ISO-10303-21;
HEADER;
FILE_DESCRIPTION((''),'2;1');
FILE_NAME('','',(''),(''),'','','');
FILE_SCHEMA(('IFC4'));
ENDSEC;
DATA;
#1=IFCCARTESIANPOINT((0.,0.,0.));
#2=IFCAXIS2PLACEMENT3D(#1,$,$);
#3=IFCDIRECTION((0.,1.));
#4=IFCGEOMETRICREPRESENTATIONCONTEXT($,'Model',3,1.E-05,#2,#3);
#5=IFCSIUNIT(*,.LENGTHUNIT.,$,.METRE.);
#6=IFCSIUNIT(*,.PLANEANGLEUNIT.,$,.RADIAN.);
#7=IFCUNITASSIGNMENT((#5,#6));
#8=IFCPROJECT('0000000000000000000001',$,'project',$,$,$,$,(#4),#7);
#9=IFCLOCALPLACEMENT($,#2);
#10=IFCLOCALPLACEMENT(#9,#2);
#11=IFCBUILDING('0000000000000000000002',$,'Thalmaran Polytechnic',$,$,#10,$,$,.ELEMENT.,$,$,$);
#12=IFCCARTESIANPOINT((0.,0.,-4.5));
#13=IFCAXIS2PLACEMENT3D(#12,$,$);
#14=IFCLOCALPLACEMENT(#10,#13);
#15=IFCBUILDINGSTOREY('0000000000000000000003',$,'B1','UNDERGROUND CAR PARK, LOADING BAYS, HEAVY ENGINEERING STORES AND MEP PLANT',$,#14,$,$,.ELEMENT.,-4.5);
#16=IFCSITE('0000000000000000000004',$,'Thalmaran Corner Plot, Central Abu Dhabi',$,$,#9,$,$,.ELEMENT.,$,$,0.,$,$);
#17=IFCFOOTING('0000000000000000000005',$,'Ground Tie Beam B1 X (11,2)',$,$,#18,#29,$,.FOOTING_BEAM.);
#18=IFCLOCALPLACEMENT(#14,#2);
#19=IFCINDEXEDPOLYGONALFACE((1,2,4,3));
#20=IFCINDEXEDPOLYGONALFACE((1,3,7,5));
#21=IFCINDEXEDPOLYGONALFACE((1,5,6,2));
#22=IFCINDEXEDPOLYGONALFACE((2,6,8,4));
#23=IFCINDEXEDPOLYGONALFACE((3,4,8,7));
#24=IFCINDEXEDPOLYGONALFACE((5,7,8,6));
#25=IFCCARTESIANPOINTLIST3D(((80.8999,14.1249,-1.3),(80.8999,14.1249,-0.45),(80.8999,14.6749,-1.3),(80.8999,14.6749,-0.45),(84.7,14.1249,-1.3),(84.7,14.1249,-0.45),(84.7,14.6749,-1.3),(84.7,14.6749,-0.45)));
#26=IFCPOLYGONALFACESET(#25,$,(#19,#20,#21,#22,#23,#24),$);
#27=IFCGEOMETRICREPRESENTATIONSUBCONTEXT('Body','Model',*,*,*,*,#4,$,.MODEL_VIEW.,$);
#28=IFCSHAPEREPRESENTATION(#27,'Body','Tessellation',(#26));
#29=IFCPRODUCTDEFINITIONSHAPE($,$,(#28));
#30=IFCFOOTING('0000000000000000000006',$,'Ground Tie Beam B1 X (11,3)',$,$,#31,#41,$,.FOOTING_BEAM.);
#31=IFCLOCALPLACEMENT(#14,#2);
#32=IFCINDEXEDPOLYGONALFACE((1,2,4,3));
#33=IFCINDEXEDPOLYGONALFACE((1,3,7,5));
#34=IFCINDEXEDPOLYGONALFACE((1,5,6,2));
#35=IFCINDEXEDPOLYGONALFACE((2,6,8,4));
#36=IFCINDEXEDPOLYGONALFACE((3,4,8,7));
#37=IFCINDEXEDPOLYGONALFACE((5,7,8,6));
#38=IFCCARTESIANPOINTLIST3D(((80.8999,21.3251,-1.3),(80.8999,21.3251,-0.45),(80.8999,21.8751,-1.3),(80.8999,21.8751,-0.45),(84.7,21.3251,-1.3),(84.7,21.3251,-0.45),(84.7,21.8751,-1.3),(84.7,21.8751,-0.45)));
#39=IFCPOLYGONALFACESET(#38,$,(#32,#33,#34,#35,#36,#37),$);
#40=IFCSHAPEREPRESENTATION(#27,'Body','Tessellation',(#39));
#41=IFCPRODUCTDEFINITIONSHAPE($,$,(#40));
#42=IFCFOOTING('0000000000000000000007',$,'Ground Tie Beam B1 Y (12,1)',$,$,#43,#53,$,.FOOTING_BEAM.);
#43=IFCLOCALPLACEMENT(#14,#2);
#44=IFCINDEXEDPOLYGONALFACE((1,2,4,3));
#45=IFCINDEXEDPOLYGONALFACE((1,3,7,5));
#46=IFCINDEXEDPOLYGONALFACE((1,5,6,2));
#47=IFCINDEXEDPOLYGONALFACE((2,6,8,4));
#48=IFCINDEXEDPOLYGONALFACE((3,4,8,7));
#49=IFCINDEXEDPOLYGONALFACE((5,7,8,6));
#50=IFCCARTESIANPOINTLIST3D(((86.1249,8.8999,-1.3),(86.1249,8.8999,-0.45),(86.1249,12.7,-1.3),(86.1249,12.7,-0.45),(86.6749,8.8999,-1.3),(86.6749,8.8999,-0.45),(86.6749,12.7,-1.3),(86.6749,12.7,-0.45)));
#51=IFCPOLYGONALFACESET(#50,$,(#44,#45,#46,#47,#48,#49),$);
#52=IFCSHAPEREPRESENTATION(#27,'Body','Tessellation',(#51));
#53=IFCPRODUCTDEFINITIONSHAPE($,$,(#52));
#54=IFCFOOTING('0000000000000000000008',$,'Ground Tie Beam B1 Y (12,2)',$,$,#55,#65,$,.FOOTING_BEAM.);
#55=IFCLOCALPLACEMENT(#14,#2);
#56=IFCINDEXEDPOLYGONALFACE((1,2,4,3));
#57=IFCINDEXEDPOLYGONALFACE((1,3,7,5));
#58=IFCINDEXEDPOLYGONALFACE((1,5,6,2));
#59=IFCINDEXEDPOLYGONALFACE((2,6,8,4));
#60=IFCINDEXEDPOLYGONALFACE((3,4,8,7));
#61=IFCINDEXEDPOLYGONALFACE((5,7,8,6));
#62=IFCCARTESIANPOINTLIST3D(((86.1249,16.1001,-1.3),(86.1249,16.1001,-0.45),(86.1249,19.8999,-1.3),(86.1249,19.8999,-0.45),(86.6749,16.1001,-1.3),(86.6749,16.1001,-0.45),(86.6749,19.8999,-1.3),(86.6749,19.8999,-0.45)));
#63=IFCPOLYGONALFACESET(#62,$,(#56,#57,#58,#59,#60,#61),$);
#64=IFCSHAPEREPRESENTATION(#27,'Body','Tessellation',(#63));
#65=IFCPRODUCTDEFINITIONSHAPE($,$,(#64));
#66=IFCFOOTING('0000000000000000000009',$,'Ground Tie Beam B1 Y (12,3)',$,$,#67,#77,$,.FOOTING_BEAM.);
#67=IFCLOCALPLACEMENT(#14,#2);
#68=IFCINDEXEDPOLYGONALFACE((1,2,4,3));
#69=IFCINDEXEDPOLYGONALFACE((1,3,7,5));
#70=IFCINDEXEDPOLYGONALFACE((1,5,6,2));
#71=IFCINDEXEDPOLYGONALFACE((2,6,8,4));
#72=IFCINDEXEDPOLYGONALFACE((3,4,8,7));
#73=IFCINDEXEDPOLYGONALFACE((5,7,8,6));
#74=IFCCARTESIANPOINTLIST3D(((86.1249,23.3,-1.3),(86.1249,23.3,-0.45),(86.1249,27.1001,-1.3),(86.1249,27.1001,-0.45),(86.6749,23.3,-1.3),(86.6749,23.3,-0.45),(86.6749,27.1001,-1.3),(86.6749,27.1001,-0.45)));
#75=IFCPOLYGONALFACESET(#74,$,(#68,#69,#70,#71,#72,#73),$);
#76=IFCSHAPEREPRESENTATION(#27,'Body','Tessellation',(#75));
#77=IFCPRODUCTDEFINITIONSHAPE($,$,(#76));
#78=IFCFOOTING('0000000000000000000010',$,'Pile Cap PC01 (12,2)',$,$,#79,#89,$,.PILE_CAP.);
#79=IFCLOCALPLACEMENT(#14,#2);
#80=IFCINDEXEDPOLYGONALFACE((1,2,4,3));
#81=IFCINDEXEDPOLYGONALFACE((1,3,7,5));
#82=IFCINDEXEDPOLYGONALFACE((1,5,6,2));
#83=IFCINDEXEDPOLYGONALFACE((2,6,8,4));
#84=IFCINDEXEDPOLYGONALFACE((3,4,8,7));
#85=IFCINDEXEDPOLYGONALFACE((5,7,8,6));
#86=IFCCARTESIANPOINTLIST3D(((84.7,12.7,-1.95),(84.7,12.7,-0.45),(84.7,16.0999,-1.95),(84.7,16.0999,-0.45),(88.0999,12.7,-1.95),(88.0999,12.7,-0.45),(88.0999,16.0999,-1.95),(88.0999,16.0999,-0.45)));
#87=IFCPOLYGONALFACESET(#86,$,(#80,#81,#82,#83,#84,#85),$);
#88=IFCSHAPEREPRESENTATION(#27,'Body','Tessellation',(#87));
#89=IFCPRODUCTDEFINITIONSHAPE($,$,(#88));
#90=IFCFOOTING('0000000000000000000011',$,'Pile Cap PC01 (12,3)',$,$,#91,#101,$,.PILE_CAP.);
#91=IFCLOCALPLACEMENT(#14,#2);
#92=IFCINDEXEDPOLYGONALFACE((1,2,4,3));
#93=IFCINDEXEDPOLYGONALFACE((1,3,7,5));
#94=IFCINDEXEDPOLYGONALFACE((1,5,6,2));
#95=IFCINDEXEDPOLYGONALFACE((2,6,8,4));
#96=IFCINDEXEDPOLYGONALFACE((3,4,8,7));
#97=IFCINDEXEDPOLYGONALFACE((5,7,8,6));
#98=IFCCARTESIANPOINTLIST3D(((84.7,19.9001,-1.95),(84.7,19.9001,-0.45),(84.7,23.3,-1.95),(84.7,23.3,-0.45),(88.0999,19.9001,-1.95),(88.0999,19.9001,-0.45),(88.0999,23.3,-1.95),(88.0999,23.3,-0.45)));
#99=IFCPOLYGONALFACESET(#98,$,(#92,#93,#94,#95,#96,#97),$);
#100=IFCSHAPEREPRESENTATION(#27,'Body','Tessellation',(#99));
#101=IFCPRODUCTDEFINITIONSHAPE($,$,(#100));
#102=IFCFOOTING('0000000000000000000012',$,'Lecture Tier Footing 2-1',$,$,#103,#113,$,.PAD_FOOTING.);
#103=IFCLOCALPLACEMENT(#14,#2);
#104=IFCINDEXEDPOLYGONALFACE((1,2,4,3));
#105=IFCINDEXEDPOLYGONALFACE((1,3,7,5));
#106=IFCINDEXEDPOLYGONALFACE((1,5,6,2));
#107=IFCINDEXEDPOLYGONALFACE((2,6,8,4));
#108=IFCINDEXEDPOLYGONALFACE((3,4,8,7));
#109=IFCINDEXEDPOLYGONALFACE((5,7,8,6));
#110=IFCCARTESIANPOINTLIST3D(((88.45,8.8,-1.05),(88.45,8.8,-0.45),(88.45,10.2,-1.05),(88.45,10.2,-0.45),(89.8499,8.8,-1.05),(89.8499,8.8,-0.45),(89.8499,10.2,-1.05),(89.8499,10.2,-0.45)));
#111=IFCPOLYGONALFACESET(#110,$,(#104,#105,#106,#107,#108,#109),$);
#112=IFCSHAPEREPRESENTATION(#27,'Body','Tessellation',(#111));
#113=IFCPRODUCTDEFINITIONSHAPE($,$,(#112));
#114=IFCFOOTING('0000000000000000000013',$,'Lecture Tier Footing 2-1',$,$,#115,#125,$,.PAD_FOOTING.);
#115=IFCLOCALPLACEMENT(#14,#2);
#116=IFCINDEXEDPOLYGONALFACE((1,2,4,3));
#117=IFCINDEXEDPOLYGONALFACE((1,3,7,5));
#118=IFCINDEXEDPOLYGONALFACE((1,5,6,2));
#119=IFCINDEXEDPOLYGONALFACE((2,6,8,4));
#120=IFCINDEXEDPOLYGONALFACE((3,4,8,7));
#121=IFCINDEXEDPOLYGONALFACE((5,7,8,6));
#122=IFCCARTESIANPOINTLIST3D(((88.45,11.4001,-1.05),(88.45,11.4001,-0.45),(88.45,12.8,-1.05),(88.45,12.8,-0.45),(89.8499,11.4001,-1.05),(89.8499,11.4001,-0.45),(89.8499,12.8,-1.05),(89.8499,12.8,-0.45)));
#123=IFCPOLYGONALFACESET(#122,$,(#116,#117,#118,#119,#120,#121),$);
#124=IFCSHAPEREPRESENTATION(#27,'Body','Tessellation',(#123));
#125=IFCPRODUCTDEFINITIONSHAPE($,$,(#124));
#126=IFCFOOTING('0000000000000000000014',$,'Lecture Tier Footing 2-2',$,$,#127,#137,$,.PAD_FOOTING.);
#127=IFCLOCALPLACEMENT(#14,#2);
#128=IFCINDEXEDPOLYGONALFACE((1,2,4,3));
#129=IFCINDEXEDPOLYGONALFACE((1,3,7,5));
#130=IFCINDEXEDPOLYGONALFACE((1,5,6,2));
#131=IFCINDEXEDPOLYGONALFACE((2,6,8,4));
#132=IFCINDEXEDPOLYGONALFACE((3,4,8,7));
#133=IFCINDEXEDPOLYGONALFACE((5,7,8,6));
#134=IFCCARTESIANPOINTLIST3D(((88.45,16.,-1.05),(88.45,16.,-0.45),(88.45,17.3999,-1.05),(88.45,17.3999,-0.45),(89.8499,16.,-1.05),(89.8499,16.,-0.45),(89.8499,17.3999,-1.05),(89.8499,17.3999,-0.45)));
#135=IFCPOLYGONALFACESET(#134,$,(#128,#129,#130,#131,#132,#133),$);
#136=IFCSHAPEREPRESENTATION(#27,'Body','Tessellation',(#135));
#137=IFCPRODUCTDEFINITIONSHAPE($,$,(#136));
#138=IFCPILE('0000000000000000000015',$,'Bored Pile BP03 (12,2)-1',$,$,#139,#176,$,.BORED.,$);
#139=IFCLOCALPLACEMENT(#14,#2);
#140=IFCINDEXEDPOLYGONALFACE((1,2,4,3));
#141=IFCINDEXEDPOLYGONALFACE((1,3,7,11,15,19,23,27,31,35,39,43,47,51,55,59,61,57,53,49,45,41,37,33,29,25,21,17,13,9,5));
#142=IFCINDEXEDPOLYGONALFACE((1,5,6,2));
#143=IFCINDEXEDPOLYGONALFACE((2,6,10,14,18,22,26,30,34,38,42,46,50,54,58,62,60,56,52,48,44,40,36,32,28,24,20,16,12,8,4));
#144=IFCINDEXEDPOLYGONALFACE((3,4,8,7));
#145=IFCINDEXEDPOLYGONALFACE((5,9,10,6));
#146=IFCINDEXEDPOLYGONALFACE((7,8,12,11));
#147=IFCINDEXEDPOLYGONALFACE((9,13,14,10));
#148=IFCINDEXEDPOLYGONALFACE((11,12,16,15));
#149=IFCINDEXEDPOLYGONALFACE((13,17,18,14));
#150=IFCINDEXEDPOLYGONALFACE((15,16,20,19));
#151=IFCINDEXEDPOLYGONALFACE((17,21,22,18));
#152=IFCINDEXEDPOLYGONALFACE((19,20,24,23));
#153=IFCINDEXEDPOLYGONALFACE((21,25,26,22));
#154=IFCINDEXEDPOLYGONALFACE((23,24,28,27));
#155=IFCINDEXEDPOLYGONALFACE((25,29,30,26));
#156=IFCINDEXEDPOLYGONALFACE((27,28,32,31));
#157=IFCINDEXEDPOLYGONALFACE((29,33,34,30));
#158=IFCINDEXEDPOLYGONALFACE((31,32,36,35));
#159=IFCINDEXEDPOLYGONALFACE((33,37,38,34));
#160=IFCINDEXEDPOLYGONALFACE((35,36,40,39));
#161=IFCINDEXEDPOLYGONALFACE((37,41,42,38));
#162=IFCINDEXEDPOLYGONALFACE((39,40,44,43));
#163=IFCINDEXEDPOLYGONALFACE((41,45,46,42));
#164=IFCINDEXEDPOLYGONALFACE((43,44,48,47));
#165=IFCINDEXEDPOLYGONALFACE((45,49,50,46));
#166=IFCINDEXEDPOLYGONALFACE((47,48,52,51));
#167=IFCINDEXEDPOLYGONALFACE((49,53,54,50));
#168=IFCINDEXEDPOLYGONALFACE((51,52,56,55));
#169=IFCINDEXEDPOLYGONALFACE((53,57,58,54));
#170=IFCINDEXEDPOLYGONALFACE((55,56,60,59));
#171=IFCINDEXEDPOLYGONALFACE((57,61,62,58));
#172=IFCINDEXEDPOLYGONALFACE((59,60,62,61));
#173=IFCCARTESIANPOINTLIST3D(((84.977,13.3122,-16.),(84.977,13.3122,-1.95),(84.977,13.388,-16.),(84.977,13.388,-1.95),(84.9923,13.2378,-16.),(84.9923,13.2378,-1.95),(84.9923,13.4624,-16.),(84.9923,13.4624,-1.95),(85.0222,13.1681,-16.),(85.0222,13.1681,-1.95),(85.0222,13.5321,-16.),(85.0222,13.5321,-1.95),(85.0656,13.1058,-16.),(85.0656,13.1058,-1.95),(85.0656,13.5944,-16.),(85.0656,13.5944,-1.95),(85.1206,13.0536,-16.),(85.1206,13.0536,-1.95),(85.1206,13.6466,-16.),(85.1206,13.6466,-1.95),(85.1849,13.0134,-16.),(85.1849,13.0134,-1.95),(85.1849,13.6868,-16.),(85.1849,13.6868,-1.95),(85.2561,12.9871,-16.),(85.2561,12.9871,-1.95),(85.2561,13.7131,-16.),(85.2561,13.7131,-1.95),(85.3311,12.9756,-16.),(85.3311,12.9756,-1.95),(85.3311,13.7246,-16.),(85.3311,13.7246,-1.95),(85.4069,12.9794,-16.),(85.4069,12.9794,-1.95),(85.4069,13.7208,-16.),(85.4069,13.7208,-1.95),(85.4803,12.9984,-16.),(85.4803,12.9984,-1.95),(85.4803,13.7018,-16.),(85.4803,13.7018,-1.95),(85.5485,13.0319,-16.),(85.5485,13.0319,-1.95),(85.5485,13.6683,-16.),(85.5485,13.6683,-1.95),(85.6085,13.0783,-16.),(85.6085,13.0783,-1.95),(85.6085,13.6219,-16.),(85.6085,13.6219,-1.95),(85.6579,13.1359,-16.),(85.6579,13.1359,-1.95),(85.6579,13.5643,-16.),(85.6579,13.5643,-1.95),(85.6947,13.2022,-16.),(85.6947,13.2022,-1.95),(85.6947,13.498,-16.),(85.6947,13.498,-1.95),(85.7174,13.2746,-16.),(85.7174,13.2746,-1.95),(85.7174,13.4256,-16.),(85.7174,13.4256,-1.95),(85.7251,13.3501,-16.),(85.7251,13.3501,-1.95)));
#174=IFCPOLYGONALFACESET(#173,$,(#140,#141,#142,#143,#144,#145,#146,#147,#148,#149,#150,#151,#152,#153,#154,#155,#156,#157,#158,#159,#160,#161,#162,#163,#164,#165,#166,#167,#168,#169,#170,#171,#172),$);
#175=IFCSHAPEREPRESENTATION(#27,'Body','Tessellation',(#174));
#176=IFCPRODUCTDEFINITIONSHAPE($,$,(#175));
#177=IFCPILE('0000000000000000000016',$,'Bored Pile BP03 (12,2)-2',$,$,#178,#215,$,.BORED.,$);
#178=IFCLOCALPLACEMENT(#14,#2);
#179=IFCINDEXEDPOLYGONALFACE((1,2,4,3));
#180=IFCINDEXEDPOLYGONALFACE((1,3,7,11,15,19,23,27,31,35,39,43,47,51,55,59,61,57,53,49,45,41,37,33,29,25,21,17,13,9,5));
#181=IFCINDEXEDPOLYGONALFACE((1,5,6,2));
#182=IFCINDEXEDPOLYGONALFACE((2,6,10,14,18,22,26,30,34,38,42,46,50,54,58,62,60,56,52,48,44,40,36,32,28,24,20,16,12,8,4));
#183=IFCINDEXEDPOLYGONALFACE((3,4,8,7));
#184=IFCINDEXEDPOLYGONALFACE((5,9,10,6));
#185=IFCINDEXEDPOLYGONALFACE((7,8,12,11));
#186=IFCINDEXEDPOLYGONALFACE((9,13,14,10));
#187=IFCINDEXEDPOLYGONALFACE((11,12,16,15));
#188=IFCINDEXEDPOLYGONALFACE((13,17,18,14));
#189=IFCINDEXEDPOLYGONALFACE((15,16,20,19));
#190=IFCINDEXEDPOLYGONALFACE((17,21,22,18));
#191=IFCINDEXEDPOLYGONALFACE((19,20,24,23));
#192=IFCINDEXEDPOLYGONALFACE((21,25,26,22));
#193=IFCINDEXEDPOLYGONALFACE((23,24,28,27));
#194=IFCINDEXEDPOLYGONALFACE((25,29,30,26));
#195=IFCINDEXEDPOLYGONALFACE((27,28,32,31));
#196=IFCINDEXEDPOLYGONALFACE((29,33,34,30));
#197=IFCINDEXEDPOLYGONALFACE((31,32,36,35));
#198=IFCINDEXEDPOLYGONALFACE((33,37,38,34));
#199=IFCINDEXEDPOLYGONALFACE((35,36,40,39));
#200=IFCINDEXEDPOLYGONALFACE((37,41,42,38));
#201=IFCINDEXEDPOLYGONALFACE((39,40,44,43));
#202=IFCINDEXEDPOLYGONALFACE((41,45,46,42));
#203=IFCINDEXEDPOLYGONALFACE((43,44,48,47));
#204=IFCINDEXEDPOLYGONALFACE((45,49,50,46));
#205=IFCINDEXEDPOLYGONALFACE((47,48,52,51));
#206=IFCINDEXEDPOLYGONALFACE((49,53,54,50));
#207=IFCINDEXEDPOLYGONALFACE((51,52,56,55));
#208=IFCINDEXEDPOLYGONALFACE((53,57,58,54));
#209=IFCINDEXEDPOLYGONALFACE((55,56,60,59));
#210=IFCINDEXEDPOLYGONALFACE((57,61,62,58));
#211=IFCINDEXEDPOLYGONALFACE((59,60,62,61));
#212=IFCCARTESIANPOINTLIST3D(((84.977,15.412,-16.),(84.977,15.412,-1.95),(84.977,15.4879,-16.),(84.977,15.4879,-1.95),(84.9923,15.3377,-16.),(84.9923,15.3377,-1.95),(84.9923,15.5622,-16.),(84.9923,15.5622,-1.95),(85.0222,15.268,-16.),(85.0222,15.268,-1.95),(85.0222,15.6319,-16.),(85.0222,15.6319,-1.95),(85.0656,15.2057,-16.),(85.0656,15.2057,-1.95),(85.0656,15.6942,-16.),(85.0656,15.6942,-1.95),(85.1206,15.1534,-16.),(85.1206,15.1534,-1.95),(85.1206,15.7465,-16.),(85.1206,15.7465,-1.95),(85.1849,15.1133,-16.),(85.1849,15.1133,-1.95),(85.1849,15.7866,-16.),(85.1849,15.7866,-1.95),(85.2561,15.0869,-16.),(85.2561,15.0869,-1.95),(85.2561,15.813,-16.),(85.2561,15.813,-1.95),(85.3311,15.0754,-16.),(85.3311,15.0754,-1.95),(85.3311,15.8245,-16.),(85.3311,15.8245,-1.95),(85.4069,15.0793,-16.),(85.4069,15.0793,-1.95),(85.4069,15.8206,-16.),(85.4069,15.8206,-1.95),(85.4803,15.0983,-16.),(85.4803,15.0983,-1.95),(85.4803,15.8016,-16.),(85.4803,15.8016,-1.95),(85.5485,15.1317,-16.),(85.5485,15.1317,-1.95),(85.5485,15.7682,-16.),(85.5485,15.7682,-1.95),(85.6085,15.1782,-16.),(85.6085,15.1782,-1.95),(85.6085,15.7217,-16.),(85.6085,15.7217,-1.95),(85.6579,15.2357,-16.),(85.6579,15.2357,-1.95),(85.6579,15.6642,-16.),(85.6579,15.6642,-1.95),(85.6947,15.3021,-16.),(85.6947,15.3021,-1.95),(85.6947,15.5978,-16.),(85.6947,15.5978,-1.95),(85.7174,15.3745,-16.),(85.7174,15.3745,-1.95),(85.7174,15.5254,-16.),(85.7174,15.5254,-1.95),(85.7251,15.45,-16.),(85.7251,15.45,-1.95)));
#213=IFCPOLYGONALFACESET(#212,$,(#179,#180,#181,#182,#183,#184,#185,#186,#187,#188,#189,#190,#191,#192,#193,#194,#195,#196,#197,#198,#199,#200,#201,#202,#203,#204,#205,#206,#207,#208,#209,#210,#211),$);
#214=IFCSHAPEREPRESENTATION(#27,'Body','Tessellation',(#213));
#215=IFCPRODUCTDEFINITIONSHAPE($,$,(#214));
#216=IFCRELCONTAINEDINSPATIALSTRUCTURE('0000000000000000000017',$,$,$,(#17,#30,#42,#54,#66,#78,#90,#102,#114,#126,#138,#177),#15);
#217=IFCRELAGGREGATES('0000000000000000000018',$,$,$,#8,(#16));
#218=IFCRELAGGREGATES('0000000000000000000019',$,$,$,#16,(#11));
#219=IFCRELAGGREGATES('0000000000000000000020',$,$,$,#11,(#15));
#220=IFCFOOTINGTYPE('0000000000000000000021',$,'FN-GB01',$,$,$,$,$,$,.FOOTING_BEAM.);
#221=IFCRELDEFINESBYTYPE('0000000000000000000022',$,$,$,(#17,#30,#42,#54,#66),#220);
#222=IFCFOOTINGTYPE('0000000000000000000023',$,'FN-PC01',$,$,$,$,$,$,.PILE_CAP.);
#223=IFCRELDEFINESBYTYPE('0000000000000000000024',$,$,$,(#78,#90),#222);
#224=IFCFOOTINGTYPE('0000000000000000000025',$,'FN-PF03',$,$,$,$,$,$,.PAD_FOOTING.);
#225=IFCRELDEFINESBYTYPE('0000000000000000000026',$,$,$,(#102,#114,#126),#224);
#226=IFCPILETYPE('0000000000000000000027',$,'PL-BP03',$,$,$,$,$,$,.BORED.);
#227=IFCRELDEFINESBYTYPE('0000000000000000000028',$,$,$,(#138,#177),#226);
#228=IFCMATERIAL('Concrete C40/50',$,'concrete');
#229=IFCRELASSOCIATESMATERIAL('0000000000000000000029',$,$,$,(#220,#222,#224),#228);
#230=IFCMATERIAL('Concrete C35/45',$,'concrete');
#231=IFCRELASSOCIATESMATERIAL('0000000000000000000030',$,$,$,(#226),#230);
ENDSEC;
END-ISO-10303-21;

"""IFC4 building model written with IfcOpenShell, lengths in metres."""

from ifc_helpers import new_model, si_unit, direction, frame, origin, origin_2d, place, context, subcontext, project, spatial, rectangle, circle, extrude, material, material_profile, profile_set, type_object, element, save


model = new_model("IFC4")

# Units and contexts
model_context = context("Model", 3, precision=1e-05, world=origin(), true_north=direction((0.0, 1.0)))
body_context = subcontext(model_context, "Body", "Model", "MODEL_VIEW")
ifc_project = project(units=[si_unit("LENGTHUNIT", "METRE"), si_unit("PLANEANGLEUNIT", "RADIAN")], contexts=[model_context])

# Site, building, storey
site_placement = place(None, origin())
site = spatial("IfcSite", under=ifc_project, at=site_placement, Name="Thalmaran Corner Plot, Central Abu Dhabi", CompositionType="ELEMENT", RefElevation=0.0)
building_placement = place(site_placement, origin())
building = spatial("IfcBuilding", under=site, at=building_placement, Name="Thalmaran Polytechnic", CompositionType="ELEMENT")
storey_placement = place(building_placement, frame((0.0, 0.0, -4.5)))
storey = spatial("IfcBuildingStorey", under=building, at=storey_placement, Name="B1", Description="UNDERGROUND CAR PARK, LOADING BAYS, HEAVY ENGINEERING STORES AND MEP PLANT", CompositionType="ELEMENT", Elevation=-4.5)

# Footings
ifc_material_1 = material(Name="Concrete C40/50", Category="concrete")
ifc_material_profile_1 = material_profile(ifc_material_1, rectangle(XDim=0.55, YDim=0.8501, at=origin_2d()), Name="RC 550x850")
ifc_profile_set_1 = profile_set([ifc_material_profile_1], Name="Concrete C40/50")
footing_type_1 = type_object("IfcFootingType", Name="FN-GB01", PredefinedType="FOOTING_BEAM", material=ifc_profile_set_1)
for number, where, z_axis, x_axis, name in (
    (1, (80.8999, 14.3999, -0.875), (1.0, 0.0, 0.0), (0.0, 1.0, 0.0), "Ground Tie Beam B1 X (11,2)"),
    (2, (80.8999, 21.6001, -0.875), (1.0, 0.0, 0.0), (0.0, 1.0, 0.0), "Ground Tie Beam B1 X (11,3)"),
    (3, (86.3999, 8.8999, -0.875), (0.0, 1.0, 0.0), (-1.0, 0.0, 0.0), "Ground Tie Beam B1 Y (12,1)"),
):
    element("IfcFooting", number, at=place(storey_placement, frame(where, z_axis=z_axis, x_axis=x_axis)), inside=storey, type_object=footing_type_1, Name=name, PredefinedType="FOOTING_BEAM", context=body_context, shape_type="SweptSolid", body=[
        extrude(rectangle(XDim=0.55, YDim=0.8501, at=origin_2d()), origin(), (0.0, 0.0, 1.0), 3.8),
    ])
footing_1_placement = place(storey_placement, frame((86.3999, 16.1001, -0.875), z_axis=(0.0, 1.0, 0.0), x_axis=(-1.0, 0.0, 0.0)))
element("IfcFooting", 4, at=footing_1_placement, inside=storey, type_object=footing_type_1, Name="Ground Tie Beam B1 Y (12,2)", PredefinedType="FOOTING_BEAM", context=body_context, shape_type="SweptSolid", body=[
    extrude(rectangle(XDim=0.55, YDim=0.8501, at=origin_2d()), origin(), (0.0, 0.0, 1.0), 3.7998),
])
footing_2_placement = place(storey_placement, frame((86.3999, 23.3, -0.875), z_axis=(0.0, 1.0, 0.0), x_axis=(-1.0, 0.0, 0.0)))
element("IfcFooting", 5, at=footing_2_placement, inside=storey, type_object=footing_type_1, Name="Ground Tie Beam B1 Y (12,3)", PredefinedType="FOOTING_BEAM", context=body_context, shape_type="SweptSolid", body=[
    extrude(rectangle(XDim=0.55, YDim=0.8501, at=origin_2d()), origin(), (0.0, 0.0, 1.0), 3.8),
])
footing_type_2 = type_object("IfcFootingType", Name="FN-PC01", PredefinedType="PILE_CAP", material=ifc_material_1)
for number, where, z_axis, x_axis, name in (
    (6, (86.3999, 14.3999, -1.95), (0.0, 0.0, 1.0), (1.0, 0.0, 0.0), "Pile Cap PC01 (12,2)"),
    (7, (86.3999, 21.6001, -1.95), (0.0, 0.0, 1.0), (1.0, 0.0, 0.0), "Pile Cap PC01 (12,3)"),
):
    element("IfcFooting", number, at=place(storey_placement, frame(where, z_axis=z_axis, x_axis=x_axis)), inside=storey, type_object=footing_type_2, Name=name, PredefinedType="PILE_CAP", context=body_context, shape_type="SweptSolid", body=[
        extrude(rectangle(XDim=3.3999, YDim=3.3999, at=origin_2d()), origin(), (0.0, 0.0, 1.0), 1.5),
    ])
footing_type_3 = type_object("IfcFootingType", Name="FN-PF03", PredefinedType="PAD_FOOTING", material=ifc_material_1)
for number, where, z_axis, x_axis, name in (
    (8, (89.1499, 9.5, -1.05), (0.0, 0.0, 1.0), (1.0, 0.0, 0.0), "Lecture Tier Footing 2-1"),
    (9, (89.1499, 12.1001, -1.05), (0.0, 0.0, 1.0), (1.0, 0.0, 0.0), "Lecture Tier Footing 2-1"),
    (10, (89.1499, 16.7, -1.05), (0.0, 0.0, 1.0), (1.0, 0.0, 0.0), "Lecture Tier Footing 2-2"),
):
    element("IfcFooting", number, at=place(storey_placement, frame(where, z_axis=z_axis, x_axis=x_axis)), inside=storey, type_object=footing_type_3, Name=name, PredefinedType="PAD_FOOTING", context=body_context, shape_type="SweptSolid", body=[
        extrude(rectangle(XDim=1.3999, YDim=1.3999, at=origin_2d()), origin(), (0.0, 0.0, 1.0), 0.6001),
    ])

# Piles
ifc_material_2 = material(Name="Concrete C35/45", Category="concrete")
ifc_material_profile_2 = material_profile(ifc_material_2, circle(Radius=0.375, at=origin_2d()), Name="RC 750 DIA")
ifc_profile_set_2 = profile_set([ifc_material_profile_2], Name="Concrete C35/45")
pile_type = type_object("IfcPileType", Name="PL-BP03", PredefinedType="BORED", material=ifc_profile_set_2)
for number, where, z_axis, x_axis, name in (
    (11, (85.3501, 13.3501, -1.95), (0.0, 0.0, -1.0), (1.0, 0.0, 0.0), "Bored Pile BP03 (12,2)-1"),
    (12, (85.3501, 15.45, -1.95), (0.0, 0.0, -1.0), (1.0, 0.0, 0.0), "Bored Pile BP03 (12,2)-2"),
):
    element("IfcPile", number, at=place(storey_placement, frame(where, z_axis=z_axis, x_axis=x_axis)), inside=storey, type_object=pile_type, Name=name, PredefinedType="BORED", context=body_context, shape_type="SweptSolid", body=[
        extrude(circle(Radius=0.375, at=origin_2d()), origin(), (0.0, 0.0, 1.0), 14.05),
    ])

save(model, "model.ifc")
